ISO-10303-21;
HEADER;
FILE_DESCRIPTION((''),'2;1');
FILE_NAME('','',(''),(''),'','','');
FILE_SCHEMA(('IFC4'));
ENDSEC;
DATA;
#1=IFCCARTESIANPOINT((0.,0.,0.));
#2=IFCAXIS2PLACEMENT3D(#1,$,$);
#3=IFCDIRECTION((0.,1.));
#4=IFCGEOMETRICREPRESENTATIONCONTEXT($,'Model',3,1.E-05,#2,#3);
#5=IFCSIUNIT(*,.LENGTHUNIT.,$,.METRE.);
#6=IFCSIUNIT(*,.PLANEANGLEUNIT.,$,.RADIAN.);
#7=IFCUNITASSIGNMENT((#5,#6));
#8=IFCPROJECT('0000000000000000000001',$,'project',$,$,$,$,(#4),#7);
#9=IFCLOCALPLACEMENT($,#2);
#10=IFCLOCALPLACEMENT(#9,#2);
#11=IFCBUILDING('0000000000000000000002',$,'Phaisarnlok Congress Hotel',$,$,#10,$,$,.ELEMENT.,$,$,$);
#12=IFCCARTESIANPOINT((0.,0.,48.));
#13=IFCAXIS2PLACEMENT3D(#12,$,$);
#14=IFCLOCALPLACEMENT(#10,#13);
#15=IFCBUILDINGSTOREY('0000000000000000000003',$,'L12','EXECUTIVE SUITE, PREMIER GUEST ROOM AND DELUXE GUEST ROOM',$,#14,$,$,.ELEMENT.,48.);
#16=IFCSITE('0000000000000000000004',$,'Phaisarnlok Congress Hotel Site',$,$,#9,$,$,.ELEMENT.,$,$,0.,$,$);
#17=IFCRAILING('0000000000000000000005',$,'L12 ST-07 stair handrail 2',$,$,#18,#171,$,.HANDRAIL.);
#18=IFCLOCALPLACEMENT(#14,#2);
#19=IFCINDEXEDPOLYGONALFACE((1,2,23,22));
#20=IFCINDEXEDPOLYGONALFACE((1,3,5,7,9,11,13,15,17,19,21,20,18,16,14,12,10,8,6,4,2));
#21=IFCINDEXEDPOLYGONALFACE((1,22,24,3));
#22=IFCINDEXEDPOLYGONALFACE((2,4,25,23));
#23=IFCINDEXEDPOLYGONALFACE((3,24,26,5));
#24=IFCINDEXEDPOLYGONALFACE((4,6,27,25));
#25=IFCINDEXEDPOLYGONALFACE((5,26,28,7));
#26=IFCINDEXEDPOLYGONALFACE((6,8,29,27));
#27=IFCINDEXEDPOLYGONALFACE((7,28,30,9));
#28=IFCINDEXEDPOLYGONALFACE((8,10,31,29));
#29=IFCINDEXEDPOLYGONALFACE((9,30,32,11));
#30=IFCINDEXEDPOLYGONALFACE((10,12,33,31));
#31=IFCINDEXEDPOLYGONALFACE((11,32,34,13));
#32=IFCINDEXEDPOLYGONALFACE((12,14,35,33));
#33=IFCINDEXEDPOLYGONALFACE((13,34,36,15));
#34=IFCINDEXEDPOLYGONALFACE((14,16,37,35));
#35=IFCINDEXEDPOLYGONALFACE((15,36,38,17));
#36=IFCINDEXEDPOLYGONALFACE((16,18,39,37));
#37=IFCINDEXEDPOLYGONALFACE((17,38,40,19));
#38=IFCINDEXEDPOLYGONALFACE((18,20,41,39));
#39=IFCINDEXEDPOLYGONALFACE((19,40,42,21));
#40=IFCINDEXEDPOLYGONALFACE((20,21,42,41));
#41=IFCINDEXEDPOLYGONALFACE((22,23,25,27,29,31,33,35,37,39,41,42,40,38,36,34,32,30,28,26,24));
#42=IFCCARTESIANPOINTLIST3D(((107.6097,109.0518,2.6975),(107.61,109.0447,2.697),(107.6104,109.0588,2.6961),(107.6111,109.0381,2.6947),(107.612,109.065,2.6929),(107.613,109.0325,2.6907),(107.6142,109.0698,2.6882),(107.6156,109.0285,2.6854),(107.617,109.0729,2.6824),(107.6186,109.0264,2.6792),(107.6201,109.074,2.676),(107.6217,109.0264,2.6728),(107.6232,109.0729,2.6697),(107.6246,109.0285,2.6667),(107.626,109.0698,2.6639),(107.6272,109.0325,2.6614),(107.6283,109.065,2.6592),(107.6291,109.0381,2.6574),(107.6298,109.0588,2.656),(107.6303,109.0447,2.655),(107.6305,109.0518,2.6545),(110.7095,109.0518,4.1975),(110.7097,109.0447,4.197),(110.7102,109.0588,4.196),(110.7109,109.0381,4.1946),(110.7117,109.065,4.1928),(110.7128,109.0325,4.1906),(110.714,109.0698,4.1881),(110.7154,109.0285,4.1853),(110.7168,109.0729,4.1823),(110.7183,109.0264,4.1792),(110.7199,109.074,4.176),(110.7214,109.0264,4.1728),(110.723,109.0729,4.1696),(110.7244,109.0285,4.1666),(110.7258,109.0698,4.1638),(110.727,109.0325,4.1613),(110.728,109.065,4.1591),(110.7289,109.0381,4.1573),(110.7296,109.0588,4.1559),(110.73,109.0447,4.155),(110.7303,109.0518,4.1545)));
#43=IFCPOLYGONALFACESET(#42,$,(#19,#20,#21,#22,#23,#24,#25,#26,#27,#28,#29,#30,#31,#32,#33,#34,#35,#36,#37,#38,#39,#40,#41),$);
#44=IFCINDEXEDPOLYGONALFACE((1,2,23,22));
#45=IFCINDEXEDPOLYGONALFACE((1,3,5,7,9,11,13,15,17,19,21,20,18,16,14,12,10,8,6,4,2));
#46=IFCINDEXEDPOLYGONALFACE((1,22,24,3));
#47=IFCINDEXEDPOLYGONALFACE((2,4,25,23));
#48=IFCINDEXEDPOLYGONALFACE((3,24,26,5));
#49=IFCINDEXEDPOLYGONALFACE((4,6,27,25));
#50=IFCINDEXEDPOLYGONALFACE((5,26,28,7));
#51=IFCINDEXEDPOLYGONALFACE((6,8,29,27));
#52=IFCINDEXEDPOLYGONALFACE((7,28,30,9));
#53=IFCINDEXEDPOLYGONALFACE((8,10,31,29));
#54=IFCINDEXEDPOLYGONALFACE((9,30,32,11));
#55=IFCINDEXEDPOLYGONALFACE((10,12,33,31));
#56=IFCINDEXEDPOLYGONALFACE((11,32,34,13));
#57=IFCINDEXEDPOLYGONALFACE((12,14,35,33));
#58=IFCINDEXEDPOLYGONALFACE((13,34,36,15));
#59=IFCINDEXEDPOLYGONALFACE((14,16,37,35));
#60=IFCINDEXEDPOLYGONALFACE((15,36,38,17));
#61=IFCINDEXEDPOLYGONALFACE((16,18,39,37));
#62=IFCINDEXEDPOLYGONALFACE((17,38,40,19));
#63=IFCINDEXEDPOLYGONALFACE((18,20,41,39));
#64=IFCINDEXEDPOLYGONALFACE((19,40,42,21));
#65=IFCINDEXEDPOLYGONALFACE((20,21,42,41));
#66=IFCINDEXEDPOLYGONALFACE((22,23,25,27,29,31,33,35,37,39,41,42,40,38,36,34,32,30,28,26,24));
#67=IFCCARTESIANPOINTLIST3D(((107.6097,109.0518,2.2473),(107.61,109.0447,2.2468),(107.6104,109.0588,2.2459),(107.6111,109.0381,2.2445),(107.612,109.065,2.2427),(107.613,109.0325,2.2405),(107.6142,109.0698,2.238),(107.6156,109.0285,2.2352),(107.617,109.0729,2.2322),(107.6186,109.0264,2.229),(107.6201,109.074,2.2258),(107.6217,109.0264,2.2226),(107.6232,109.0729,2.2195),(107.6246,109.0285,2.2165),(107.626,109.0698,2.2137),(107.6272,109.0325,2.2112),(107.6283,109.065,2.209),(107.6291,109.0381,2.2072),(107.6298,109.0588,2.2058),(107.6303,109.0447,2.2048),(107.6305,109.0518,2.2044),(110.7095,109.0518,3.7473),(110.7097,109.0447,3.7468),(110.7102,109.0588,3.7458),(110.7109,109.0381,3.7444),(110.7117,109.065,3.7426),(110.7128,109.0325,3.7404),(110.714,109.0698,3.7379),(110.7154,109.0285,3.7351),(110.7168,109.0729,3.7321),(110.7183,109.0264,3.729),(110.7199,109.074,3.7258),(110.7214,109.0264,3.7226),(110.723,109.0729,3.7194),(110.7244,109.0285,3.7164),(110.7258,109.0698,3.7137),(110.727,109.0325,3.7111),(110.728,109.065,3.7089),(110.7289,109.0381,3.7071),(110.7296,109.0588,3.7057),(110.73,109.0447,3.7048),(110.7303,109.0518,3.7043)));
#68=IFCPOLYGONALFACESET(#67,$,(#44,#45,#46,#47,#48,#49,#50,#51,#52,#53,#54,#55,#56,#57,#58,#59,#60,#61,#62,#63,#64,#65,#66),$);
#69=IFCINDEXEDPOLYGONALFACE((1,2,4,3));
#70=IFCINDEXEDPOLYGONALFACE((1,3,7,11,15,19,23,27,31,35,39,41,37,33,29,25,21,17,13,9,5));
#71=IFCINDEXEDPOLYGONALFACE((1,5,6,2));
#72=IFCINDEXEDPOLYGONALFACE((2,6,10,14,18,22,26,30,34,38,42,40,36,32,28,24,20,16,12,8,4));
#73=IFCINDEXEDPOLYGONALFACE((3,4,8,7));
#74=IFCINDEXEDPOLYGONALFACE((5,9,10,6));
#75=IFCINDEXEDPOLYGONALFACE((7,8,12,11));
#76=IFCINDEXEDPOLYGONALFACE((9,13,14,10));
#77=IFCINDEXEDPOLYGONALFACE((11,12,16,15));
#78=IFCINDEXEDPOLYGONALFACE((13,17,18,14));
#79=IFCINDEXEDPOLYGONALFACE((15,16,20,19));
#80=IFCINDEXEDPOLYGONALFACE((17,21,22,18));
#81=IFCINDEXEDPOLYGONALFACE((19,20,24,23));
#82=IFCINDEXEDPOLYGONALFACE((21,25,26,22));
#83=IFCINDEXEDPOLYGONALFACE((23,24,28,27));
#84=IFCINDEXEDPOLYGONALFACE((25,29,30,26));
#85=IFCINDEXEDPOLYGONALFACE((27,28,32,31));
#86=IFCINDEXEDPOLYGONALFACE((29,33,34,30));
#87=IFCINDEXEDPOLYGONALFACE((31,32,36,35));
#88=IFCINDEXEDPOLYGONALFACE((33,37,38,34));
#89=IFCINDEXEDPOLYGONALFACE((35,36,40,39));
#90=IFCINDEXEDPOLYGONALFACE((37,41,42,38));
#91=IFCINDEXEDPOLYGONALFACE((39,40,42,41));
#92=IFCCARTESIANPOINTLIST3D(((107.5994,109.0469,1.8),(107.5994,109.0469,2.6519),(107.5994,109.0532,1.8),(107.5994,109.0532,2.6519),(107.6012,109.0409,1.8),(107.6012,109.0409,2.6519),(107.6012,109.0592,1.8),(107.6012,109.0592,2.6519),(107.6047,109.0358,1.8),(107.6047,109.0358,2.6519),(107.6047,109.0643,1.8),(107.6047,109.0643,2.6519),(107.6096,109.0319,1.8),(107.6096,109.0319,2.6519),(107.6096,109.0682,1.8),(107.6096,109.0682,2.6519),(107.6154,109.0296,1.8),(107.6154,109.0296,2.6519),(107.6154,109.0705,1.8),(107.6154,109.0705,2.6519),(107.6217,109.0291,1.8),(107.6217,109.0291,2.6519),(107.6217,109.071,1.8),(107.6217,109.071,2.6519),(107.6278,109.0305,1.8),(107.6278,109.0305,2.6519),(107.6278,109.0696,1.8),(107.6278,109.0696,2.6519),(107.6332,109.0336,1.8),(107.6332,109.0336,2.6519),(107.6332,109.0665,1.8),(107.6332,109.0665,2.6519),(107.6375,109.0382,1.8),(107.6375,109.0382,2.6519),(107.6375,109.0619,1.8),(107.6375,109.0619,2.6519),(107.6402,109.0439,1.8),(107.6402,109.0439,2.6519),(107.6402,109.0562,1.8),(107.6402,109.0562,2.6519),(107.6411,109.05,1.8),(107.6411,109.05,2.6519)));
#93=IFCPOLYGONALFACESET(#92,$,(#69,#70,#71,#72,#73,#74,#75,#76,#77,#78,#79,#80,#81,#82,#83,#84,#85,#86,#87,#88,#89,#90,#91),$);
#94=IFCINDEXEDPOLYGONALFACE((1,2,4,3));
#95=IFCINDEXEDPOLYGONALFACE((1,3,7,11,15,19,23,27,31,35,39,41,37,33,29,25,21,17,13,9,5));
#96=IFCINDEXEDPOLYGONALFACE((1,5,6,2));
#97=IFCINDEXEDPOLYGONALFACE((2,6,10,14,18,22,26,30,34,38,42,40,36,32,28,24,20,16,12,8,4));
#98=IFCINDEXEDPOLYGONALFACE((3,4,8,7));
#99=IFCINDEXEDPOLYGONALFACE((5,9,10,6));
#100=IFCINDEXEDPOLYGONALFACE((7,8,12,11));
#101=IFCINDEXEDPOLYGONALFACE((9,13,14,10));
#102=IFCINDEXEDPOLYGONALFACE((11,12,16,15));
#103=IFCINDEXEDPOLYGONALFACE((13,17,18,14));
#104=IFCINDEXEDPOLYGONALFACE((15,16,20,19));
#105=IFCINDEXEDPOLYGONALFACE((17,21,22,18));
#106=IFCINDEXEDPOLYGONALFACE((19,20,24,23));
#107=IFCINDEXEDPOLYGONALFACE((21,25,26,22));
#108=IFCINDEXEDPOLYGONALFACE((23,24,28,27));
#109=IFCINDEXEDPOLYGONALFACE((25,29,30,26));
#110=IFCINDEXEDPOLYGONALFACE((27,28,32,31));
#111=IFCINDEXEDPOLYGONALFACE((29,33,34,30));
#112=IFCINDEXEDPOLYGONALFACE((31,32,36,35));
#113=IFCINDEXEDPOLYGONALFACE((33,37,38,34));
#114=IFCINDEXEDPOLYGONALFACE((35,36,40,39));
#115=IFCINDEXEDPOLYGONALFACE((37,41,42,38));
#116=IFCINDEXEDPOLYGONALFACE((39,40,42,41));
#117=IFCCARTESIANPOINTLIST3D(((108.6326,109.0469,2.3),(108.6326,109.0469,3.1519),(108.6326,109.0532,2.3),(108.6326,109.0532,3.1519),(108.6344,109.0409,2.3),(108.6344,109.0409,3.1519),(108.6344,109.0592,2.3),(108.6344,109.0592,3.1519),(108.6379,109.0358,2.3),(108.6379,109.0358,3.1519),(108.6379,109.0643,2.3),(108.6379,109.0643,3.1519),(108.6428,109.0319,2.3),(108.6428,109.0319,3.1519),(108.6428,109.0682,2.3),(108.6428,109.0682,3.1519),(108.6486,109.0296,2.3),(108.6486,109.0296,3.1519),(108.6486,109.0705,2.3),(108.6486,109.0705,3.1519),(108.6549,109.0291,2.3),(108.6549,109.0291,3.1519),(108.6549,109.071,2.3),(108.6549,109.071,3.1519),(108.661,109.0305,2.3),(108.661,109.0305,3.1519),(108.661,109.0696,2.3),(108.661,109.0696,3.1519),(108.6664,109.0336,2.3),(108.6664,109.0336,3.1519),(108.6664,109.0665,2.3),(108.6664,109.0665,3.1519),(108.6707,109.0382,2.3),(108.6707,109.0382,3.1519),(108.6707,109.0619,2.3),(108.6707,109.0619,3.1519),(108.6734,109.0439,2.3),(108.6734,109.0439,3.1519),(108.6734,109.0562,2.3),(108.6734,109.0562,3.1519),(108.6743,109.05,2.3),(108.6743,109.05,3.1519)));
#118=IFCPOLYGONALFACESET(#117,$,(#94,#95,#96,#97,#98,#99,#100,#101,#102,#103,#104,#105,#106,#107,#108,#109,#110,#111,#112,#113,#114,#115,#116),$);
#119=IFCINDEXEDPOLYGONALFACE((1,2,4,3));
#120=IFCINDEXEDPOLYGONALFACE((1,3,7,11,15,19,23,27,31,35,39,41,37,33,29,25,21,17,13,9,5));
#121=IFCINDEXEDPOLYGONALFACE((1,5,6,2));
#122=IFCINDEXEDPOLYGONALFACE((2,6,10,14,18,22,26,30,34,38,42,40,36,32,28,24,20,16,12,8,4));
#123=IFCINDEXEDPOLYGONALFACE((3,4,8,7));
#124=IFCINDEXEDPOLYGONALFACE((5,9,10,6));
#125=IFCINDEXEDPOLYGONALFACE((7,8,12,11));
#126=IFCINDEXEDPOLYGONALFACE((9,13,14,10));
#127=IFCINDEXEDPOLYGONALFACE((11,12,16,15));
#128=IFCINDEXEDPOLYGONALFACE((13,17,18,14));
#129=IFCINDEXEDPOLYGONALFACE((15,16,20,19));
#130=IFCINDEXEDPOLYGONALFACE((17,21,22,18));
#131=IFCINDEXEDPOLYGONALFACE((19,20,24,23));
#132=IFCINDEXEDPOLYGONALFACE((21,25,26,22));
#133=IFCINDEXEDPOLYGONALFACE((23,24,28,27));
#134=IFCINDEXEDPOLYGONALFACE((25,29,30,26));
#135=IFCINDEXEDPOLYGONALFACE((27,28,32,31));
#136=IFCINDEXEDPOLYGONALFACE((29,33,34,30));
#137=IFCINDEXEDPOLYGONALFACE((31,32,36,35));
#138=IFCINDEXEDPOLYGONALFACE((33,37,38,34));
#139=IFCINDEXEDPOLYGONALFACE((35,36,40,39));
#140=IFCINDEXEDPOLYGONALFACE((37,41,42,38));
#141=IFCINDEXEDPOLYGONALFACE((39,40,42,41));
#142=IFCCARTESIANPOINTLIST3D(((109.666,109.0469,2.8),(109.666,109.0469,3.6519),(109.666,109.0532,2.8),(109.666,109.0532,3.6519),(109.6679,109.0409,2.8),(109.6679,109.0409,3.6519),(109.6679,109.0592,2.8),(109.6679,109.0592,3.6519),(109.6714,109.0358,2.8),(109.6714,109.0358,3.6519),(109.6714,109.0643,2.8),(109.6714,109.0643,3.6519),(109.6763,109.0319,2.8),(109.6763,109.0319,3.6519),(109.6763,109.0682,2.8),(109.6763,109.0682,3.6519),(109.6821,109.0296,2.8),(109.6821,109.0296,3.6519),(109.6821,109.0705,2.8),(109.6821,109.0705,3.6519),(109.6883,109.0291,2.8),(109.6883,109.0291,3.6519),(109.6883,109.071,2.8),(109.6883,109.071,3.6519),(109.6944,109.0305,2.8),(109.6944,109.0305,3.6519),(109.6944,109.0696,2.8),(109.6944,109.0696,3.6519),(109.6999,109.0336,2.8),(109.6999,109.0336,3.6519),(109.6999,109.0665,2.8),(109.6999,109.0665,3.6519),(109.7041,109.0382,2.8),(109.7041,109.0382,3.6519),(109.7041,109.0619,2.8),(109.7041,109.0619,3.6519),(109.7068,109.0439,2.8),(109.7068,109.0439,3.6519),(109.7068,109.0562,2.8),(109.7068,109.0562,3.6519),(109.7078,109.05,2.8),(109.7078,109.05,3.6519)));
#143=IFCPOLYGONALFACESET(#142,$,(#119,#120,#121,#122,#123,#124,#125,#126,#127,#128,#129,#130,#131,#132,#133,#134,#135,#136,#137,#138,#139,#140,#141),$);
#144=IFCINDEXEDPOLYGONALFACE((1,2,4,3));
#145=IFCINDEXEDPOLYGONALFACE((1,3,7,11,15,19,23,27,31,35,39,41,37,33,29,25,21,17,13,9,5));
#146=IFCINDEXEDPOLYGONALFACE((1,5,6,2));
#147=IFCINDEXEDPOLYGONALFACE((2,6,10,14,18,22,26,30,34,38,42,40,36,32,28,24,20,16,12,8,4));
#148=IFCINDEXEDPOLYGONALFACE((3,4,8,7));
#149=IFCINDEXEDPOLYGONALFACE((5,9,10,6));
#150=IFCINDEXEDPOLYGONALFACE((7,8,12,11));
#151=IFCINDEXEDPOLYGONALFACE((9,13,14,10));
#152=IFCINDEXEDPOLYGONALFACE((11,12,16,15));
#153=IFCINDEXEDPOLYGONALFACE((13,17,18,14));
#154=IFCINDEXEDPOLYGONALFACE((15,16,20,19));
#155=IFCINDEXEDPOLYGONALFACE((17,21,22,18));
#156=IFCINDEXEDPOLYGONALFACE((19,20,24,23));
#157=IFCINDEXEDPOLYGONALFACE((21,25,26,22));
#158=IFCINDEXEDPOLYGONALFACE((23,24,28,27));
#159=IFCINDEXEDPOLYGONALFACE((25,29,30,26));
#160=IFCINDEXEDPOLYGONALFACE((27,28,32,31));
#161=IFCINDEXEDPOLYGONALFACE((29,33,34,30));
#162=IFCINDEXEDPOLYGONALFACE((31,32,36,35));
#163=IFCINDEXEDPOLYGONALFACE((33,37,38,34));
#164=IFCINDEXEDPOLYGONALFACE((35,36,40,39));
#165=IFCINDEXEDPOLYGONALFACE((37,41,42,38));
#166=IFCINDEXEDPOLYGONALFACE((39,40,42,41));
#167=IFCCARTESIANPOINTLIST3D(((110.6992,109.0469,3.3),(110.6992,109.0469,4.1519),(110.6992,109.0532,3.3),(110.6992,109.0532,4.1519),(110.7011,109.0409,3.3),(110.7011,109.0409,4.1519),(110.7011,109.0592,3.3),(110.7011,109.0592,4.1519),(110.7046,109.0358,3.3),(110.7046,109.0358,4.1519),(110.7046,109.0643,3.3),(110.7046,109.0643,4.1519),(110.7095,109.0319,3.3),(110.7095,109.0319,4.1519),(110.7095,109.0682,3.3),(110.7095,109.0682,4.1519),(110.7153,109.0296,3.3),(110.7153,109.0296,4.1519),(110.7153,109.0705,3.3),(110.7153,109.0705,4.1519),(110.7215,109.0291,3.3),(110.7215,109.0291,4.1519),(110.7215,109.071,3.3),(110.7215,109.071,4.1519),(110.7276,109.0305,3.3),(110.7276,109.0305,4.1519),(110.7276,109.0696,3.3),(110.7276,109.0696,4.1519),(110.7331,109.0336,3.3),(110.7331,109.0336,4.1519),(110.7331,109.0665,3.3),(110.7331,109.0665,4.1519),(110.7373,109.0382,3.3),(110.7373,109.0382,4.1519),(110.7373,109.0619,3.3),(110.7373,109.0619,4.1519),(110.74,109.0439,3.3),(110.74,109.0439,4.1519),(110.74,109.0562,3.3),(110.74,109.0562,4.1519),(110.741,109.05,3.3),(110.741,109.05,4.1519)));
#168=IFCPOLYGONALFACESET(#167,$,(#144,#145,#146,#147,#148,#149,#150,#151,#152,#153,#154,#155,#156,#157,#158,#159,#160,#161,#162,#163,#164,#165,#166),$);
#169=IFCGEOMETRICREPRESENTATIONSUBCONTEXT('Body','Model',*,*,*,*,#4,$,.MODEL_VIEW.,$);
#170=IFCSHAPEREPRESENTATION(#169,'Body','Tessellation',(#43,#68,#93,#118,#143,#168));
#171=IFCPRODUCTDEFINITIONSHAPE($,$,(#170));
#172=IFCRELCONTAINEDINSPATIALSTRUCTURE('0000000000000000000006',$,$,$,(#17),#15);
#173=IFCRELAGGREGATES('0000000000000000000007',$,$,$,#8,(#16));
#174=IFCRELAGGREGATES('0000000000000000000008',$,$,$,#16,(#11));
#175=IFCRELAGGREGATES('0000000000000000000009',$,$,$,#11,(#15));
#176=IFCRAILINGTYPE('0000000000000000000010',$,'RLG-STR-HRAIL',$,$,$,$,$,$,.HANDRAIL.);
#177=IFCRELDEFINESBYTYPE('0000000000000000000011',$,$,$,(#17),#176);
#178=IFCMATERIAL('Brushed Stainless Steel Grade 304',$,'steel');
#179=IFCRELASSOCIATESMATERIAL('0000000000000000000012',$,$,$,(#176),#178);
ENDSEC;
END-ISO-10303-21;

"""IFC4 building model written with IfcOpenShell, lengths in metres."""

from ifc_helpers import new_model, si_unit, direction, frame, origin, origin_2d, place, context, subcontext, project, spatial, circle, extrude, material, type_object, element, save


model = new_model("IFC4")

# Units and contexts
model_context = context("Model", 3, precision=1e-05, world=origin(), true_north=direction((0.0, 1.0)))
body_context = subcontext(model_context, "Body", "Model", "MODEL_VIEW")
ifc_project = project(units=[si_unit("LENGTHUNIT", "METRE"), si_unit("PLANEANGLEUNIT", "RADIAN")], contexts=[model_context])

# Site, building, storey
site_placement = place(None, origin())
site = spatial("IfcSite", under=ifc_project, at=site_placement, Name="Phaisarnlok Congress Hotel Site", CompositionType="ELEMENT", RefElevation=0.0)
building_placement = place(site_placement, origin())
building = spatial("IfcBuilding", under=site, at=building_placement, Name="Phaisarnlok Congress Hotel", CompositionType="ELEMENT")
storey_placement = place(building_placement, frame((0.0, 0.0, 48.0)))
storey = spatial("IfcBuildingStorey", under=building, at=storey_placement, Name="L12", Description="EXECUTIVE SUITE, PREMIER GUEST ROOM AND DELUXE GUEST ROOM", CompositionType="ELEMENT", Elevation=48.0)

# Railing
ifc_material_1 = material(Name="Brushed Stainless Steel Grade 304", Category="steel")
railing_type_1 = type_object("IfcRailingType", Name="RLG-STR-HRAIL", PredefinedType="HANDRAIL", material=ifc_material_1)
railing_1_placement = place(storey_placement, frame((107.6201, 109.05, 1.8)))
element("IfcRailing", 1, at=railing_1_placement, inside=storey, type_object=railing_type_1, Name="L12 ST-07 stair handrail 2", PredefinedType="HANDRAIL", context=body_context, shape_type="SweptSolid", body=[
    extrude(circle(Radius=0.0239, at=origin_2d()), frame((0.0, 0.0, 0.876), z_axis=(0.900151, 0.0, 0.435578), x_axis=(0.0, 1.0, 0.0)), (0.0, 0.0, 1.0), 3.4436),
    extrude(circle(Radius=0.0239, at=origin_2d()), frame((0.0, 0.0, 0.4258), z_axis=(0.900151, 0.0, 0.435578), x_axis=(0.0, 1.0, 0.0)), (0.0, 0.0, 1.0), 3.4436),
    extrude(circle(Radius=0.021, at=origin_2d()), origin(), (0.0, 0.0, 1.0), 0.8518),
    extrude(circle(Radius=0.021, at=origin_2d()), frame((1.0332, 0.0, 0.5)), (0.0, 0.0, 1.0), 0.8518),
    extrude(circle(Radius=0.021, at=origin_2d()), frame((2.0667, 0.0, 1.0)), (0.0, 0.0, 1.0), 0.8518),
    extrude(circle(Radius=0.021, at=origin_2d()), frame((3.0999, 0.0, 1.5)), (0.0, 0.0, 1.0), 0.8518),
])

save(model, "model.ifc")
